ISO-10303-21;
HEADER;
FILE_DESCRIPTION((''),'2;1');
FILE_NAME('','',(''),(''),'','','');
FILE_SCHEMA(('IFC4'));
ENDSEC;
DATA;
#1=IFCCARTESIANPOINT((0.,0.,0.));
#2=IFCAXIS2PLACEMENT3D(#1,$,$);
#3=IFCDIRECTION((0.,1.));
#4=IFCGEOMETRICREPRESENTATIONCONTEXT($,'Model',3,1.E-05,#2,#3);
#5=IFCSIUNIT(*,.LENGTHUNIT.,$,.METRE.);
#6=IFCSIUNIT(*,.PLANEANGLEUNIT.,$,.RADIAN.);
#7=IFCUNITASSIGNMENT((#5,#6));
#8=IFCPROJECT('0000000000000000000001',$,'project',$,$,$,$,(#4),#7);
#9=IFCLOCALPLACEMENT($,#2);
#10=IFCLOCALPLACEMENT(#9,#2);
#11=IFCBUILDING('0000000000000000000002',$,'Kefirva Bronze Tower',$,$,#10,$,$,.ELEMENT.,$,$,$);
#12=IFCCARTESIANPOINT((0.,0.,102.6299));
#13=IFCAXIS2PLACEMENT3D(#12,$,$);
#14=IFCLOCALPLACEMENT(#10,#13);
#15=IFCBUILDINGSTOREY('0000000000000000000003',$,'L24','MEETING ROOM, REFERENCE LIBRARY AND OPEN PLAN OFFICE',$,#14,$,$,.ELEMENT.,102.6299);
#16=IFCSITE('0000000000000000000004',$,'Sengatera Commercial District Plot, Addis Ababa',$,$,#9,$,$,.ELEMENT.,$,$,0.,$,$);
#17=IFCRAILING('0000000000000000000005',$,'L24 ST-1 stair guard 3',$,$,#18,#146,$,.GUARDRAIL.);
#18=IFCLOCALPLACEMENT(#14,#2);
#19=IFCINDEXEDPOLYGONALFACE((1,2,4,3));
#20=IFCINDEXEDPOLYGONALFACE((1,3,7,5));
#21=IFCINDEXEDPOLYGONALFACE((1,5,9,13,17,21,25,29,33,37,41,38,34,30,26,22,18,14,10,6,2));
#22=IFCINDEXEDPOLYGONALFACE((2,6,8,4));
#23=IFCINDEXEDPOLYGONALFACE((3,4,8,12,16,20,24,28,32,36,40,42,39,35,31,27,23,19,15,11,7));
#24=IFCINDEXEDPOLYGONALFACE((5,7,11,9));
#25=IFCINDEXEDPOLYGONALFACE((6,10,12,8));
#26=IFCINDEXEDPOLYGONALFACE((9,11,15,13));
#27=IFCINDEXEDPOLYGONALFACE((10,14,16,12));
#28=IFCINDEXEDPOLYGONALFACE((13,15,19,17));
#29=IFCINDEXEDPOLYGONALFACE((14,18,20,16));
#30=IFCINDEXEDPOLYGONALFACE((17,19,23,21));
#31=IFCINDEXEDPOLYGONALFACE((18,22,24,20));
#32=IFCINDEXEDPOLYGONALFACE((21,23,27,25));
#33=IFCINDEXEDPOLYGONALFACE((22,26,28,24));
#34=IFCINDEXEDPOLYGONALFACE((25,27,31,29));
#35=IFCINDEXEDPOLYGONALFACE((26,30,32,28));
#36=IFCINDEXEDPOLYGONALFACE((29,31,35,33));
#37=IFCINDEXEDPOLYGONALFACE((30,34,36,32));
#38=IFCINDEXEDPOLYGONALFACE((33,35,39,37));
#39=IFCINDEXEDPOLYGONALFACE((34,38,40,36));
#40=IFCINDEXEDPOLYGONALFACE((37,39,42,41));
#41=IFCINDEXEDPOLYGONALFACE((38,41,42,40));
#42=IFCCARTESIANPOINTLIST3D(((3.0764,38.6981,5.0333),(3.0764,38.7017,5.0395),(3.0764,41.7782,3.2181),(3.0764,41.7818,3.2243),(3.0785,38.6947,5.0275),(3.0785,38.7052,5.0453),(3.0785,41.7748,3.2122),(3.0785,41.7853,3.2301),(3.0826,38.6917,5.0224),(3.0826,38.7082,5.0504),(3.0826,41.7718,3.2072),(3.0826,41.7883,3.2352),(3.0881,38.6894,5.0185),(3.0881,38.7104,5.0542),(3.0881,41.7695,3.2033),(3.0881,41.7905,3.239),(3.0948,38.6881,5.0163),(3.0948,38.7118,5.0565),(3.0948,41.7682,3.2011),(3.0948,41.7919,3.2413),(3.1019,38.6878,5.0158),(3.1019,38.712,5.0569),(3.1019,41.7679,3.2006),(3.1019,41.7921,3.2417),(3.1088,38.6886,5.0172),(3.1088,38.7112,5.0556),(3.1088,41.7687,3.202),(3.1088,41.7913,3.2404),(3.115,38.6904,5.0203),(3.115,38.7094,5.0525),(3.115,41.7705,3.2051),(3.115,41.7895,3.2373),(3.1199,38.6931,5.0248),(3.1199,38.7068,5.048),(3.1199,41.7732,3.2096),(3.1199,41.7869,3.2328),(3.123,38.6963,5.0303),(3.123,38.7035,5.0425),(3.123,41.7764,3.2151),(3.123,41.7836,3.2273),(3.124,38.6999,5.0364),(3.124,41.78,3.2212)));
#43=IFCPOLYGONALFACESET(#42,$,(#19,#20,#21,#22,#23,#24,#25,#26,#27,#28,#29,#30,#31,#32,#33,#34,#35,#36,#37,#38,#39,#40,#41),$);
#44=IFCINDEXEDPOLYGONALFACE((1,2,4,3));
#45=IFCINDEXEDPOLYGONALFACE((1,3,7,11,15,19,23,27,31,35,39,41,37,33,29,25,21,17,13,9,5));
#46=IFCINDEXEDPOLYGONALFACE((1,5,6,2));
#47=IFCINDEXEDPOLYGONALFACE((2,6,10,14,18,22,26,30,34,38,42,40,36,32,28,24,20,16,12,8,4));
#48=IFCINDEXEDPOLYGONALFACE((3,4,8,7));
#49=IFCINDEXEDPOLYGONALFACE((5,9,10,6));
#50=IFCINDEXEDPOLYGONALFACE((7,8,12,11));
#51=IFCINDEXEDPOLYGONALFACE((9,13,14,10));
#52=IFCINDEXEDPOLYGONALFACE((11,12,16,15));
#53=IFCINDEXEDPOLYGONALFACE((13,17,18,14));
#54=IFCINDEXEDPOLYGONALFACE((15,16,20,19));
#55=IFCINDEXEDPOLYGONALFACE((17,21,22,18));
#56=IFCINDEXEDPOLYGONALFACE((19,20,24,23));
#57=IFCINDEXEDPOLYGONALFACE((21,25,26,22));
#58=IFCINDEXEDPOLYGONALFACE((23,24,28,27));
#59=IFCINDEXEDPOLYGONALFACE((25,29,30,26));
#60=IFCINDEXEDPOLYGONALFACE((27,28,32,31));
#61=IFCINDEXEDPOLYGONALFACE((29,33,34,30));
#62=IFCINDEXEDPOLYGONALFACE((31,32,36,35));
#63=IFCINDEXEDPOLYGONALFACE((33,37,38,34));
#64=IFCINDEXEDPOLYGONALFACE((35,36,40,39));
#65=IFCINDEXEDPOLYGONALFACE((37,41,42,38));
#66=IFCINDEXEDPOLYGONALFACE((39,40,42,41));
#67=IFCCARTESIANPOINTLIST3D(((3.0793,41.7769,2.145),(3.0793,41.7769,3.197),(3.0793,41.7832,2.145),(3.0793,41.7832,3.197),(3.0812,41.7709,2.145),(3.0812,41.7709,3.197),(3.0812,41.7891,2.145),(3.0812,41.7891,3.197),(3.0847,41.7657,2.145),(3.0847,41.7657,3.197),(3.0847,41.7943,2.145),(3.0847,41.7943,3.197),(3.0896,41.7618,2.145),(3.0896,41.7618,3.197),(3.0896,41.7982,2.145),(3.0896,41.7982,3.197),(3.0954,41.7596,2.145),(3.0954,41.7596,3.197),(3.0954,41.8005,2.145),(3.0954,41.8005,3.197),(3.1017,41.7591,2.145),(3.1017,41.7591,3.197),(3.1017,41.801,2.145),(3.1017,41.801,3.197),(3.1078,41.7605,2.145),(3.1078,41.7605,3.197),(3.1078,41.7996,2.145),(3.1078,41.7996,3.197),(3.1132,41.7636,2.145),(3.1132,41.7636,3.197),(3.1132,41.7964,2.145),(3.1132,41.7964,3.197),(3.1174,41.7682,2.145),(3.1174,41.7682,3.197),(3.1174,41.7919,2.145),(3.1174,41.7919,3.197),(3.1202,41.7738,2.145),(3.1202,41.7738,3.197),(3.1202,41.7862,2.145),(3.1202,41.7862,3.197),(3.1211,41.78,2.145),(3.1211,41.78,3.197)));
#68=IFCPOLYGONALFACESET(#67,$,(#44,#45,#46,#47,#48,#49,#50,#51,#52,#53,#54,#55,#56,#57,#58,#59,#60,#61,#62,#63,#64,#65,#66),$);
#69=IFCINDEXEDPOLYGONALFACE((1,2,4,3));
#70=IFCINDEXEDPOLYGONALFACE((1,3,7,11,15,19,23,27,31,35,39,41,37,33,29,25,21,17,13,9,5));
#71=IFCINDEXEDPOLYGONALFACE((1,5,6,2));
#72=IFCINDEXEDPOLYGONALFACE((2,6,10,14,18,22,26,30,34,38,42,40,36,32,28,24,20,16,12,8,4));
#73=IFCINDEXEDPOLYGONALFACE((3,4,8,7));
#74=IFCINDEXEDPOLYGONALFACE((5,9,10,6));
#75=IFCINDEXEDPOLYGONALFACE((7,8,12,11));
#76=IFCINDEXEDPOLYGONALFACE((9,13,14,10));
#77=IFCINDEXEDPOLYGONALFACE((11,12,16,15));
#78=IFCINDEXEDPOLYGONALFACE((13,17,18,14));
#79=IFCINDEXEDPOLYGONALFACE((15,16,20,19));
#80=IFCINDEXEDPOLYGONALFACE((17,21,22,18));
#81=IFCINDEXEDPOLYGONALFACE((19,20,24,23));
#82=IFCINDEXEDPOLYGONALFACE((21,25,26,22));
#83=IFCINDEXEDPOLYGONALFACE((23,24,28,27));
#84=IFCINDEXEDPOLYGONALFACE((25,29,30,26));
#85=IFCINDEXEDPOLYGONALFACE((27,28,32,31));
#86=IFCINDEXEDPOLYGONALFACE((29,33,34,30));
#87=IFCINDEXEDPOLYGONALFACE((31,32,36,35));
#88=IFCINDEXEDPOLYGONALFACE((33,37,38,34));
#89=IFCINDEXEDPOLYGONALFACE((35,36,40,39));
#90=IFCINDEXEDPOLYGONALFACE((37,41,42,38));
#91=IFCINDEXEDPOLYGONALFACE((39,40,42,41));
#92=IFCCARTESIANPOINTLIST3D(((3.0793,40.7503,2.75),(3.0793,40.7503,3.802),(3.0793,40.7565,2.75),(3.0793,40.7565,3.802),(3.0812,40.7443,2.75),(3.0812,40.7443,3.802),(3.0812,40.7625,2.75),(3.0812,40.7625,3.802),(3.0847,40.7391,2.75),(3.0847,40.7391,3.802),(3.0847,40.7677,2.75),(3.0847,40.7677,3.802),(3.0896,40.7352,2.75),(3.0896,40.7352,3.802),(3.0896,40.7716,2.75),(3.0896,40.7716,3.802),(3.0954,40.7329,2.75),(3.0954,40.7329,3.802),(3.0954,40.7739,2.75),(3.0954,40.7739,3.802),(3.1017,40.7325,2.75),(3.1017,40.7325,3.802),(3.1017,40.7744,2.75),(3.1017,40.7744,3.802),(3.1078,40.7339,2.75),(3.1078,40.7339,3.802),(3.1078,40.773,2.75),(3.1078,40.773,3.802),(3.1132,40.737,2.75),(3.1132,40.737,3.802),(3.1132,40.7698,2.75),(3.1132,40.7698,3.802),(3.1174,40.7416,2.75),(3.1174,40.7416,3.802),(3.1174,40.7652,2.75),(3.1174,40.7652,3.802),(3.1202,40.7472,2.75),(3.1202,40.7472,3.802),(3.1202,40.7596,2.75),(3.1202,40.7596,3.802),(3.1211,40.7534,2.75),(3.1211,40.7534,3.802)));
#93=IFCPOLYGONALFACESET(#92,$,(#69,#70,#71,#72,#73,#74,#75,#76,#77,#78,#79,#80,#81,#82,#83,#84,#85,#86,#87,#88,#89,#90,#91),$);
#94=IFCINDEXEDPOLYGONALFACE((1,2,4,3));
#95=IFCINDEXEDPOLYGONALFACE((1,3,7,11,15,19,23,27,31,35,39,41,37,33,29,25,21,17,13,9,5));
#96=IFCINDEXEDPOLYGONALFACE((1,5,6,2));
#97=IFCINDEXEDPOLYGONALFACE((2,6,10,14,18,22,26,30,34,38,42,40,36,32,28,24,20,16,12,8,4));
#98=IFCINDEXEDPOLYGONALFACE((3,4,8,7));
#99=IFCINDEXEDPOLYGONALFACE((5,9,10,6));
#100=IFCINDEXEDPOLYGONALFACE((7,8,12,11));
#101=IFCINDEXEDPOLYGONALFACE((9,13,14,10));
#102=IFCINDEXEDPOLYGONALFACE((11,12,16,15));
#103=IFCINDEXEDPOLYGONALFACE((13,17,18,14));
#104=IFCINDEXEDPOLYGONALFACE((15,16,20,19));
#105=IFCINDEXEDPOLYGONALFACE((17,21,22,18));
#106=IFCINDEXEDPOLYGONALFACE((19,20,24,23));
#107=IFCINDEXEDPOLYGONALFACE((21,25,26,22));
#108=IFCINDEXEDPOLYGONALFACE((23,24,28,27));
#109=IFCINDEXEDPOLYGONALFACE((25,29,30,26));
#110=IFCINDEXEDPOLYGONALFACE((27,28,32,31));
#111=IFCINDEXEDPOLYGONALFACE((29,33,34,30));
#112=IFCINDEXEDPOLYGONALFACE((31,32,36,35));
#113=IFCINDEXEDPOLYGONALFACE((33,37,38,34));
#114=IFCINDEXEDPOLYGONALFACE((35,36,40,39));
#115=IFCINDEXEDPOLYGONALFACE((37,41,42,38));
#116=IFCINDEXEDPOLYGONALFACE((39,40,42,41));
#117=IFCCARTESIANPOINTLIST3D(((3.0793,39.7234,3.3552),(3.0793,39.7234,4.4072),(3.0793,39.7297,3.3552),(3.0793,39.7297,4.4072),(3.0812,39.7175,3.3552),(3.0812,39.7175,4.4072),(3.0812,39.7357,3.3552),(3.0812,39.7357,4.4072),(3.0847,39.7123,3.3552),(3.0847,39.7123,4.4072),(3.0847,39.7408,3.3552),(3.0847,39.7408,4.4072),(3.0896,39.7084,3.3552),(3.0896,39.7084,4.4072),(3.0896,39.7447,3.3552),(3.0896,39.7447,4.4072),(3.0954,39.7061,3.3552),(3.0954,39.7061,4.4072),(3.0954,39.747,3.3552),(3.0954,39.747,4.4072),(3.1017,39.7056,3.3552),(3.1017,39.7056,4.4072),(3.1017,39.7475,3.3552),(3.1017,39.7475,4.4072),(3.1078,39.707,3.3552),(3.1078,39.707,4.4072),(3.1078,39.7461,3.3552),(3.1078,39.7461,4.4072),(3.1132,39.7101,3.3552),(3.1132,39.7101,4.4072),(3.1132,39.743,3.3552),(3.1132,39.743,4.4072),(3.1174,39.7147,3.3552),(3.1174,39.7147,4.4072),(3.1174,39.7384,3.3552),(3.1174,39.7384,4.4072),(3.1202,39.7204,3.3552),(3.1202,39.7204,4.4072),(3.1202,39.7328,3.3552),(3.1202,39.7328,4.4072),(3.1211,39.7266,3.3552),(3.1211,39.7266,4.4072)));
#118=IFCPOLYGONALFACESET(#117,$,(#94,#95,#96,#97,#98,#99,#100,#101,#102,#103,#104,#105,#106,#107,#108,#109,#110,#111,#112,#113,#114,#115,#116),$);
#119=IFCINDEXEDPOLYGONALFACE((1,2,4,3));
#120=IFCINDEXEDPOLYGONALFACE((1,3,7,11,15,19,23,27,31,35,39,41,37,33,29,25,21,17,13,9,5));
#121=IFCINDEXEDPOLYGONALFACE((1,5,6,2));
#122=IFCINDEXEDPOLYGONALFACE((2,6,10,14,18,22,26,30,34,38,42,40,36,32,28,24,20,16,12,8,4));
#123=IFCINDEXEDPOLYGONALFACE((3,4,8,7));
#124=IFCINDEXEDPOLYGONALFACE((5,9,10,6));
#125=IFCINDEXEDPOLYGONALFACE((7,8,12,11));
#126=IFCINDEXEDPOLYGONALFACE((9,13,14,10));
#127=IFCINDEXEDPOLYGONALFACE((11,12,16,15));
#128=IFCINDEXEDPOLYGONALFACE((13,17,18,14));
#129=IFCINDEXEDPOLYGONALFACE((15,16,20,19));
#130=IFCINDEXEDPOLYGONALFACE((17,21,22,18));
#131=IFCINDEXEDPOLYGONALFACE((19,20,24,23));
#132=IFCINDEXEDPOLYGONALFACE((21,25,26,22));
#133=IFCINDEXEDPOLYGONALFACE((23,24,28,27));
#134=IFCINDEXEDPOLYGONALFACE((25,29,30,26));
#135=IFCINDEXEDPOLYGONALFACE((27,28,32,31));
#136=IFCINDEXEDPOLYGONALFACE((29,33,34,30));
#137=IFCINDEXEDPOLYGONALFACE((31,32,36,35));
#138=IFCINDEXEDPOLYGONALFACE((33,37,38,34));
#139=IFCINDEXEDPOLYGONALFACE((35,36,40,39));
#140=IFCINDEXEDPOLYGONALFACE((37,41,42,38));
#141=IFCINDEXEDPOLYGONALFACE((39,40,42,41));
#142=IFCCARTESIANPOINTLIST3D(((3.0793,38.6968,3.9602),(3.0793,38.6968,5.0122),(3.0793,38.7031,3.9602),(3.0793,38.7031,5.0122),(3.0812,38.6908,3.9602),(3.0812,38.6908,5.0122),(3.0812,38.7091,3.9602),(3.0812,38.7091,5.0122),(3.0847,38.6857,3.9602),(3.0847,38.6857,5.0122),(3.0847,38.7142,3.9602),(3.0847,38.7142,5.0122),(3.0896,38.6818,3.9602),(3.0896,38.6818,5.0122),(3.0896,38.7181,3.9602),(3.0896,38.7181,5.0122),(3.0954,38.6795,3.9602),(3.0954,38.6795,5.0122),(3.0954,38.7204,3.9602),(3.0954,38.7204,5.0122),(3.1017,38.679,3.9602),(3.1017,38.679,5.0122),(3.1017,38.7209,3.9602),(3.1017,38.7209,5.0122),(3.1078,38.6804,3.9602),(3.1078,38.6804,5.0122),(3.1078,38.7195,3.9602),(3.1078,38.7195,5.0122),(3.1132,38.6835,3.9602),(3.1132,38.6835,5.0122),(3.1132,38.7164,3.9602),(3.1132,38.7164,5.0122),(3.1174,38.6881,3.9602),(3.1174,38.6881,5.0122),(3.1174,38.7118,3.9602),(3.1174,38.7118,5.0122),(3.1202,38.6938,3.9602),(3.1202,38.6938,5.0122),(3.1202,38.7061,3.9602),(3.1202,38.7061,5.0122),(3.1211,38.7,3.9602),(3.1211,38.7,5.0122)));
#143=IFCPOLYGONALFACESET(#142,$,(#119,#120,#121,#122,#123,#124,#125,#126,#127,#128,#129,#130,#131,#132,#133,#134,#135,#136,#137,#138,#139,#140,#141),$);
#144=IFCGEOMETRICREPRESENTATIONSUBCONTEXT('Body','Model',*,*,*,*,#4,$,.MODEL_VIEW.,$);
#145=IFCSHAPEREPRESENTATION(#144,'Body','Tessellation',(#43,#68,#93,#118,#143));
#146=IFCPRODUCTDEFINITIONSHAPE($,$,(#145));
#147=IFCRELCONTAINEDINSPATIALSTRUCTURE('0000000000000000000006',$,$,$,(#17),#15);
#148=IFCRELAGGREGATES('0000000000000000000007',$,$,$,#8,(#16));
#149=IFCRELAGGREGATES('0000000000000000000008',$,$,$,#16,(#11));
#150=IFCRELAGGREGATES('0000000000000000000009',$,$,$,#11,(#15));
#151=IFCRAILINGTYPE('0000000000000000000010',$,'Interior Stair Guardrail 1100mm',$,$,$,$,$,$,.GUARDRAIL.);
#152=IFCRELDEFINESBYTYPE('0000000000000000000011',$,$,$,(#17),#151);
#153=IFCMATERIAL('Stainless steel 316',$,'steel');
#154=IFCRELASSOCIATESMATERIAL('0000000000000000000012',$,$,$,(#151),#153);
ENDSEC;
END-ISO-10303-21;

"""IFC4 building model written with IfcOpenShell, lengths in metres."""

from ifc_helpers import new_model, si_unit, direction, frame, origin, origin_2d, place, context, subcontext, project, spatial, circle, extrude, material, type_object, element, save


model = new_model("IFC4")

# Units and contexts
model_context = context("Model", 3, precision=1e-05, world=origin(), true_north=direction((0.0, 1.0)))
body_context = subcontext(model_context, "Body", "Model", "MODEL_VIEW")
ifc_project = project(units=[si_unit("LENGTHUNIT", "METRE"), si_unit("PLANEANGLEUNIT", "RADIAN")], contexts=[model_context])

# Site, building, storey
site_placement = place(None, origin())
site = spatial("IfcSite", under=ifc_project, at=site_placement, Name="Sengatera Commercial District Plot, Addis Ababa", CompositionType="ELEMENT", RefElevation=0.0)
building_placement = place(site_placement, origin())
building = spatial("IfcBuilding", under=site, at=building_placement, Name="Kefirva Bronze Tower", CompositionType="ELEMENT")
storey_placement = place(building_placement, frame((0.0, 0.0, 102.6299)))
storey = spatial("IfcBuildingStorey", under=building, at=storey_placement, Name="L24", Description="MEETING ROOM, REFERENCE LIBRARY AND OPEN PLAN OFFICE", CompositionType="ELEMENT", Elevation=102.6299)

# Railing
ifc_material_1 = material(Name="Stainless steel 316", Category="steel")
railing_type_1 = type_object("IfcRailingType", Name="Interior Stair Guardrail 1100mm", PredefinedType="GUARDRAIL", material=ifc_material_1)
railing_1_placement = place(storey_placement, frame((3.1001, 41.78, 2.145)))
element("IfcRailing", 1, at=railing_1_placement, inside=storey, type_object=railing_type_1, Name="L24 ST-1 stair guard 3", PredefinedType="GUARDRAIL", context=body_context, shape_type="SweptSolid", body=[
    extrude(circle(Radius=0.0239, at=origin_2d()), frame((0.0, 0.0, 1.0762), z_axis=(0.0, -0.861521, 0.507721), x_axis=(1.0, 0.0, 0.0)), (0.0, 0.0, 1.0), 3.5752),
    extrude(circle(Radius=0.021, at=origin_2d()), origin(), (0.0, 0.0, 1.0), 1.052),
    extrude(circle(Radius=0.021, at=origin_2d()), frame((0.0, -1.0266, 0.605)), (0.0, 0.0, 1.0), 1.052),
    extrude(circle(Radius=0.021, at=origin_2d()), frame((0.0, -2.0535, 1.2102)), (0.0, 0.0, 1.0), 1.052),
    extrude(circle(Radius=0.021, at=origin_2d()), frame((0.0, -3.0801, 1.8152)), (0.0, 0.0, 1.0), 1.052),
])

save(model, "model.ifc")
